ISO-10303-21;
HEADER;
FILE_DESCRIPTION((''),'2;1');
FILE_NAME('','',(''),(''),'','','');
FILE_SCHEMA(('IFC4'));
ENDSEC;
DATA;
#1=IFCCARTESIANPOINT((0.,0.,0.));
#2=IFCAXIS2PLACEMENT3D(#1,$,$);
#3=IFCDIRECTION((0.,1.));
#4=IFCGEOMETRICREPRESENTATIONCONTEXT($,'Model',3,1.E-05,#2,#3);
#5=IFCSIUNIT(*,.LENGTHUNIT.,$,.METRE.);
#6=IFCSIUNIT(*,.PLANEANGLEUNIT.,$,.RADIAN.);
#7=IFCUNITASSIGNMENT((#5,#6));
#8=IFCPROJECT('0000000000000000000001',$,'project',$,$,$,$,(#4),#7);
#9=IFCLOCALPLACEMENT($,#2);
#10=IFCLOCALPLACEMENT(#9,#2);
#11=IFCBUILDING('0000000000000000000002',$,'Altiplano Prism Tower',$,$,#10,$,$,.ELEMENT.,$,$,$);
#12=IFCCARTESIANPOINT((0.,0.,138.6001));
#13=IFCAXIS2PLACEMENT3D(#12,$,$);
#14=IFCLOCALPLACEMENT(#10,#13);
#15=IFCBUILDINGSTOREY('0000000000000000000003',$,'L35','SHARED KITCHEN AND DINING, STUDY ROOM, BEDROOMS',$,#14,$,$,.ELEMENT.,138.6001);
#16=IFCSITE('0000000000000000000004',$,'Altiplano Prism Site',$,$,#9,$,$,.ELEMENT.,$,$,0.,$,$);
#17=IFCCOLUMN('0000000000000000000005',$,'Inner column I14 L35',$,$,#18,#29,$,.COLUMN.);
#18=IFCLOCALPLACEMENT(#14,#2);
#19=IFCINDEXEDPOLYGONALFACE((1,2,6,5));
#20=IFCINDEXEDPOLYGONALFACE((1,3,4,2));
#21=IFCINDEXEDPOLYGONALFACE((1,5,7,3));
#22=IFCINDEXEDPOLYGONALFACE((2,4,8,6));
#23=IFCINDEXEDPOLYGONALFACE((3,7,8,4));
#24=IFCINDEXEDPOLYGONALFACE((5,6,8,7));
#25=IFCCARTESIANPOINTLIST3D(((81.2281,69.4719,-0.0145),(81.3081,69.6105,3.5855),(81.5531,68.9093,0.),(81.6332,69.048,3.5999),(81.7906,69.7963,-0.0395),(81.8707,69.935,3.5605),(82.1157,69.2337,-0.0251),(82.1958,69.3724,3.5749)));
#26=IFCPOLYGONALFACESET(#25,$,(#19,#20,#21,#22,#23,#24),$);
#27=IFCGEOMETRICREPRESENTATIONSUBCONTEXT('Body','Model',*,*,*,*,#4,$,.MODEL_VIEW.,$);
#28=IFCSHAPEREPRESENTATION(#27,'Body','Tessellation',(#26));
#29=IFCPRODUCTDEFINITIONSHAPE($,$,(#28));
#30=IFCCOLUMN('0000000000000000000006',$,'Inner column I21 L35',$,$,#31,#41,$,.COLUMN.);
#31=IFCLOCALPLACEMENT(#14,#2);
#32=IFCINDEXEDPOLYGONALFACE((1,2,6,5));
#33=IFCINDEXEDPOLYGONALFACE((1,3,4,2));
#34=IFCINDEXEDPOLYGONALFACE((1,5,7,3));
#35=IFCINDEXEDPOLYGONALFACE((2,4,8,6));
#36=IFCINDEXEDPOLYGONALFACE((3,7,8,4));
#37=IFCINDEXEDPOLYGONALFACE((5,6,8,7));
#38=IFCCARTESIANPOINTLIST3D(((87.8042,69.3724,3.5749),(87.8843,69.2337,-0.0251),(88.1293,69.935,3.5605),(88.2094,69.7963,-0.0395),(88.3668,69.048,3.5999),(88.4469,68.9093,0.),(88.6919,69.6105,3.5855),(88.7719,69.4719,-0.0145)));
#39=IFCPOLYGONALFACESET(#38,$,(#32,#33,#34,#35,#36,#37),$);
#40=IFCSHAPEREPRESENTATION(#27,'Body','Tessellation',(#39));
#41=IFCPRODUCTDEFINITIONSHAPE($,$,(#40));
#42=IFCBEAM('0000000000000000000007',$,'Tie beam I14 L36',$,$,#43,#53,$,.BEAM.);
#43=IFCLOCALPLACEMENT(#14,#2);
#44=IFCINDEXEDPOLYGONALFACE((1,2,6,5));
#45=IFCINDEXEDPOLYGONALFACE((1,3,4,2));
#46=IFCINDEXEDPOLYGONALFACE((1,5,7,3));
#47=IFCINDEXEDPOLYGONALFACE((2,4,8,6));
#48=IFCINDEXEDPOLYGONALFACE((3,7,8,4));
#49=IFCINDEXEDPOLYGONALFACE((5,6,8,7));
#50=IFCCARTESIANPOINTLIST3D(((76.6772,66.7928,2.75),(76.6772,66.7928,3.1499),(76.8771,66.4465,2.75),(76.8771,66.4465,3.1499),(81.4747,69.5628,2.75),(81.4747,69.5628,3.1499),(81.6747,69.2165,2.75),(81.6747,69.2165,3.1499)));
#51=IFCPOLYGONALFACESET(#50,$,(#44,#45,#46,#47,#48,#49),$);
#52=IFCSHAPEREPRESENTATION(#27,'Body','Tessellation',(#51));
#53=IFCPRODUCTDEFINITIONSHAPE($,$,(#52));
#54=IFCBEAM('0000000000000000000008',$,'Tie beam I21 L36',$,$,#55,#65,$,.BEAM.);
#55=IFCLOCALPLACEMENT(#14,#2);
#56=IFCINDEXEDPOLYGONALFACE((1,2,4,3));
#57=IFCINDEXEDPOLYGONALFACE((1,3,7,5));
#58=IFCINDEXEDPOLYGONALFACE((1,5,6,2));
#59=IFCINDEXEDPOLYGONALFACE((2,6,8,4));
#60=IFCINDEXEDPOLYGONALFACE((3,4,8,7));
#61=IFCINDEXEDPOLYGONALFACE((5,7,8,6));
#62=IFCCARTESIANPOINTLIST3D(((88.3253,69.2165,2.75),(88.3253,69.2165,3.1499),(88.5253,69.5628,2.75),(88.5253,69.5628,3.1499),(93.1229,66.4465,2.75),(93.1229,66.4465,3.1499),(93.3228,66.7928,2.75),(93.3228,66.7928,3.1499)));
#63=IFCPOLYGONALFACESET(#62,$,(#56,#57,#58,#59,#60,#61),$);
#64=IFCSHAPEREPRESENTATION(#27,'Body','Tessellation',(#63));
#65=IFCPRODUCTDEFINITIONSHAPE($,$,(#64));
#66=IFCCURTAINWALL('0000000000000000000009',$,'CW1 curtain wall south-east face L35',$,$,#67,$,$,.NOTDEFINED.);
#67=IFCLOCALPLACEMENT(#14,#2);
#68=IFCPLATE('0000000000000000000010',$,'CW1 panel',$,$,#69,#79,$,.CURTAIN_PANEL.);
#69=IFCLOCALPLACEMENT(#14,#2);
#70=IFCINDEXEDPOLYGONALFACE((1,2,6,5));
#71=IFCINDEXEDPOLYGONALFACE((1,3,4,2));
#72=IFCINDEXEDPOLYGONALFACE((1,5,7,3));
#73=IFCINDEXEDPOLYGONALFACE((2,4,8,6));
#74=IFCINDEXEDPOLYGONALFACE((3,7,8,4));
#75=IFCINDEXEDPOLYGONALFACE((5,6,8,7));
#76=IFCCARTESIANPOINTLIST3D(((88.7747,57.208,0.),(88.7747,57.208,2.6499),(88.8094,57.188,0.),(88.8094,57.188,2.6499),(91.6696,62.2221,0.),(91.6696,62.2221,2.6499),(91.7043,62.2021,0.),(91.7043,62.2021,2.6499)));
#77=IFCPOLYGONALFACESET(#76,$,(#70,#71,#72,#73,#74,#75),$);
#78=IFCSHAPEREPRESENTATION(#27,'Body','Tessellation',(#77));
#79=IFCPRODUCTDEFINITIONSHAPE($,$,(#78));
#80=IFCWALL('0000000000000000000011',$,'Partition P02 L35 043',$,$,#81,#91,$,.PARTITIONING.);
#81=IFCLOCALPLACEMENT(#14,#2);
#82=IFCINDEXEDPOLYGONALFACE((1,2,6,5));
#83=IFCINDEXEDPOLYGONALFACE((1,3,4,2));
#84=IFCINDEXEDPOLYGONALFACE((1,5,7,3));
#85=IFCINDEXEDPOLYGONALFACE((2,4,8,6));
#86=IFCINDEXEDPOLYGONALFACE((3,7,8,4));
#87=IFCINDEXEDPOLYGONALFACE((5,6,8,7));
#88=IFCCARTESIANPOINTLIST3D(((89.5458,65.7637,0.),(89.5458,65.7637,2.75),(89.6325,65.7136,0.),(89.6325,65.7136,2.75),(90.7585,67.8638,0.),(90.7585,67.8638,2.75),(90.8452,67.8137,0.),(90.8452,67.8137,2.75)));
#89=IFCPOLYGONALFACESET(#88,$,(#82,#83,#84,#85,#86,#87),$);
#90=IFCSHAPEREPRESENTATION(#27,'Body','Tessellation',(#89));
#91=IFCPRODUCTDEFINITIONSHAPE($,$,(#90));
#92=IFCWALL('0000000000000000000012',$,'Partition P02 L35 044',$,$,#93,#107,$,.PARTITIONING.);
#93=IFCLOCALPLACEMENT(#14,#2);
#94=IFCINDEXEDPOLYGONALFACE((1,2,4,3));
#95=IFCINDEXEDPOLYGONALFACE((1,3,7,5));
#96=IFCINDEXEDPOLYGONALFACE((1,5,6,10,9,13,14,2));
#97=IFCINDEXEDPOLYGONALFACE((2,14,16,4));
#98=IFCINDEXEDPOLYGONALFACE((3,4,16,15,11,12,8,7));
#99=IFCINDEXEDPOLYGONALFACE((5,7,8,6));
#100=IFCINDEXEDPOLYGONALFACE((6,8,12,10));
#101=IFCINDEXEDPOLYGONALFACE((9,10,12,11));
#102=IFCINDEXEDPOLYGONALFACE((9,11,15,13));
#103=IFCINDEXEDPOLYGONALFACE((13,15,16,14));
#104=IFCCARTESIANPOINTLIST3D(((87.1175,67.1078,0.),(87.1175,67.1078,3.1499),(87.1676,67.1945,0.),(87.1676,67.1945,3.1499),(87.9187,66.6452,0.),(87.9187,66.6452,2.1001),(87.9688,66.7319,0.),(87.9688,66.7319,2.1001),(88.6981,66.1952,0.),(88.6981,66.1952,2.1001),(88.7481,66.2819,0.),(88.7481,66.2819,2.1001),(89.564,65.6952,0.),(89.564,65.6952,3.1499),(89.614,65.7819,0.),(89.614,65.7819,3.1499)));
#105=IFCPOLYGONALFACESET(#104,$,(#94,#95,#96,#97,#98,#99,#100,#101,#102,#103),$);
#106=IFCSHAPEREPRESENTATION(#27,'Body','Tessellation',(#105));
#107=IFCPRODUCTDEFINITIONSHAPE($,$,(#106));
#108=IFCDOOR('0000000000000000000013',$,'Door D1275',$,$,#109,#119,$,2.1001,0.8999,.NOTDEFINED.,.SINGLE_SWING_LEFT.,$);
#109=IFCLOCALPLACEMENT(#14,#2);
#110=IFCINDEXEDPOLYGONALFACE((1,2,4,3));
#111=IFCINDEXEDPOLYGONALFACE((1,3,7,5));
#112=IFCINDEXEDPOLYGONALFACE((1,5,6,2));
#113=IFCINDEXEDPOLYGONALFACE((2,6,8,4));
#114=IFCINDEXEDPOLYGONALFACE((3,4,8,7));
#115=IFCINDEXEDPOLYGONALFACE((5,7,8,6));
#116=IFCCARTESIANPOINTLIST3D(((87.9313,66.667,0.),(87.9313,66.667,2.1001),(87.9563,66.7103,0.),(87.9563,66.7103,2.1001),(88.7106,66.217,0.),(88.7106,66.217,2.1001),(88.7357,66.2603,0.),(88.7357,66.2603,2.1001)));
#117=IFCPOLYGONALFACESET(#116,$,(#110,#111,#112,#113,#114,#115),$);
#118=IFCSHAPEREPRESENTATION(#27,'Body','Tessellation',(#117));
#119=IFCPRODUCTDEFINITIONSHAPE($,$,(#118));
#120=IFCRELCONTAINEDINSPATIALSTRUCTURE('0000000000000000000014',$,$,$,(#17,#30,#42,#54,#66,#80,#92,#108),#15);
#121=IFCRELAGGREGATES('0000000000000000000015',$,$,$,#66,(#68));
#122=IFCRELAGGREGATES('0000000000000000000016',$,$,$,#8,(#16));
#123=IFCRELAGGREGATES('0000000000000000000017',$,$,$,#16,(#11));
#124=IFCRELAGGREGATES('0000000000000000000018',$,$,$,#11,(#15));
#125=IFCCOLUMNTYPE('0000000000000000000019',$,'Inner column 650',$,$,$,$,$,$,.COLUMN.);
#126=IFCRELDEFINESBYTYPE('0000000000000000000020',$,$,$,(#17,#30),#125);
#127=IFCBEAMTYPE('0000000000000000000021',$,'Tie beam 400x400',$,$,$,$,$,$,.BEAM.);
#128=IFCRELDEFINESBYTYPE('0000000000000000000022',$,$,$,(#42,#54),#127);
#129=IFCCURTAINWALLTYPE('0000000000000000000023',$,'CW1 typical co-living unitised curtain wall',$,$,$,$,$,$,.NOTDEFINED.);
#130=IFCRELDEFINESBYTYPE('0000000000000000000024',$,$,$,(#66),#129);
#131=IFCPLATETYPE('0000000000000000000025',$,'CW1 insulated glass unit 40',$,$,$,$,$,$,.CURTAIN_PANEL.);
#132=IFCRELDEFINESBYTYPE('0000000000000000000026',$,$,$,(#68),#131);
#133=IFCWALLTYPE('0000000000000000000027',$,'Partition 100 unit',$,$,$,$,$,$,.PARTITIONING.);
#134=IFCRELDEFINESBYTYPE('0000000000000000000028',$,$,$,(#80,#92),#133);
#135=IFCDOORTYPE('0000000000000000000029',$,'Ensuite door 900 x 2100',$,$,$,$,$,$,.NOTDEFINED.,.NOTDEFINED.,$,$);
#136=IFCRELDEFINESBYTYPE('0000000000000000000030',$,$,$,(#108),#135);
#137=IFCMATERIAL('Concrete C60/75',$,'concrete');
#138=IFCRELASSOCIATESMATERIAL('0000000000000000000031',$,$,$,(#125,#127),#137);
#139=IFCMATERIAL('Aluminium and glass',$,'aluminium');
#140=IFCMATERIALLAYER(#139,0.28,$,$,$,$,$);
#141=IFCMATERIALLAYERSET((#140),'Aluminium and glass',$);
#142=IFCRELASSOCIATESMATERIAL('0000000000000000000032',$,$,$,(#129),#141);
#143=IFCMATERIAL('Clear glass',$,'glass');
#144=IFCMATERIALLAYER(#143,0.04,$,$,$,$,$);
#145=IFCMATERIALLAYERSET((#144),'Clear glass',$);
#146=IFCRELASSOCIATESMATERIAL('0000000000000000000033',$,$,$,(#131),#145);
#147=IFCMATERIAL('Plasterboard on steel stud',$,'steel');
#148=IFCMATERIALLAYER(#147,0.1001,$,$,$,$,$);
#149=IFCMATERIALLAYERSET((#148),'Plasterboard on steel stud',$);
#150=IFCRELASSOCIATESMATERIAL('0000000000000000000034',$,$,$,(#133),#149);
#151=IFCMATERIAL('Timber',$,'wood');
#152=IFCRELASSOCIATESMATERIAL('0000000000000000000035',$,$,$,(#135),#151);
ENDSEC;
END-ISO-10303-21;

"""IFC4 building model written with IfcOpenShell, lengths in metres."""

from ifc_helpers import new_model, si_unit, direction, frame, frame_2d, origin, origin_2d, place, context, subcontext, project, spatial, rectangle, extrude, material, layer, layer_set, material_profile, profile_set, type_object, element, fill, aggregate, save


model = new_model("IFC4")

# Units and contexts
model_context = context("Model", 3, precision=1e-05, world=origin(), true_north=direction((0.0, 1.0)))
body_context = subcontext(model_context, "Body", "Model", "MODEL_VIEW")
ifc_project = project(units=[si_unit("LENGTHUNIT", "METRE"), si_unit("PLANEANGLEUNIT", "RADIAN")], contexts=[model_context])

# Site, building, storey
site_placement = place(None, origin())
site = spatial("IfcSite", under=ifc_project, at=site_placement, Name="Altiplano Prism Site", CompositionType="ELEMENT", RefElevation=0.0)
building_placement = place(site_placement, origin())
building = spatial("IfcBuilding", under=site, at=building_placement, Name="Altiplano Prism Tower", CompositionType="ELEMENT")
storey_placement = place(building_placement, frame((0.0, 0.0, 138.6001)))
storey = spatial("IfcBuildingStorey", under=building, at=storey_placement, Name="L35", Description="SHARED KITCHEN AND DINING, STUDY ROOM, BEDROOMS", CompositionType="ELEMENT", Elevation=138.6001)

# Columns
ifc_material_1 = material(Name="Concrete C60/75", Category="concrete")
ifc_material_profile_1 = material_profile(ifc_material_1, rectangle(XDim=0.6499, YDim=0.6499, at=origin_2d()), Name="Inner column 650")
ifc_profile_set_1 = profile_set([ifc_material_profile_1], Name="Concrete C60/75")
column_type = type_object("IfcColumnType", Name="Inner column 650", PredefinedType="COLUMN", material=ifc_profile_set_1)
for number, where, z_axis, x_axis, name in (
    (1, (81.6719, 69.3528, -0.0198), (0.022223, 0.038483, 0.999012), (-0.865641, -0.499184, 0.038485), "Inner column I14 L35"),
    (2, (88.3281, 69.3528, -0.0198), (-0.022223, 0.038483, 0.999012), (-0.500172, -0.865641, 0.02222), "Inner column I21 L35"),
):
    element("IfcColumn", number, at=place(storey_placement, frame(where, z_axis=z_axis, x_axis=x_axis)), inside=storey, type_object=column_type, Name=name, PredefinedType="COLUMN", context=body_context, shape_type="SweptSolid", body=[
        extrude(rectangle(XDim=0.6499, YDim=0.6499, at=origin_2d()), origin(), (0.0, 0.0, 1.0), 3.6035),
    ])

# Beams
ifc_material_profile_2 = material_profile(ifc_material_1, rectangle(XDim=0.3999, YDim=0.3999, at=origin_2d()), Name="Tie beam 400x400")
ifc_profile_set_2 = profile_set([ifc_material_profile_2], Name="Concrete C60/75")
beam_type = type_object("IfcBeamType", Name="Tie beam 400x400", PredefinedType="BEAM", material=ifc_profile_set_2)
for number, where, z_axis, x_axis, name in (
    (3, (81.5747, 69.3896, 2.95), (-0.866016, -0.500016, 0.0), (0.500016, -0.866016, 0.0), "Tie beam I14 L36"),
    (4, (88.4253, 69.3896, 2.95), (0.866016, -0.500016, 0.0), (0.500016, 0.866016, 0.0), "Tie beam I21 L36"),
):
    element("IfcBeam", number, at=place(storey_placement, frame(where, z_axis=z_axis, x_axis=x_axis)), inside=storey, type_object=beam_type, Name=name, PredefinedType="BEAM", context=body_context, shape_type="SweptSolid", body=[
        extrude(rectangle(XDim=0.3999, YDim=0.3999, at=origin_2d()), origin(), (0.0, 0.0, 1.0), 5.5398),
    ])

# Curtain wall, plate
ifc_material_2 = material(Name="Aluminium and glass", Category="aluminium")
ifc_layer_1 = layer(ifc_material_2, 0.28)
ifc_layer_set_1 = layer_set([ifc_layer_1], Name="Aluminium and glass")
curtain_wall_type = type_object("IfcCurtainWallType", Name="CW1 typical co-living unitised curtain wall", PredefinedType="NOTDEFINED", material=ifc_layer_set_1)
curtain_wall_placement = place(storey_placement, origin())
curtain_wall = element("IfcCurtainWall", 5, at=curtain_wall_placement, inside=storey, type_object=curtain_wall_type, Name="CW1 curtain wall south-east face L35", PredefinedType="NOTDEFINED")
ifc_material_3 = material(Name="Clear glass", Category="glass")
ifc_layer_2 = layer(ifc_material_3, 0.04)
ifc_layer_set_2 = layer_set([ifc_layer_2], Name="Clear glass")
plate_type = type_object("IfcPlateType", Name="CW1 insulated glass unit 40", PredefinedType="CURTAIN_PANEL", material=ifc_layer_set_2)
plate_placement = place(storey_placement, frame((90.2395, 59.7051, 0.0), z_axis=(0.0, 0.0, 1.0), x_axis=(0.5, 0.866025, 0.0)))
plate = element("IfcPlate", 6, at=plate_placement, type_object=plate_type, Name="CW1 panel", PredefinedType="CURTAIN_PANEL", context=body_context, shape_type="SweptSolid", body=[
    extrude(rectangle(XDim=5.7898, YDim=0.04, at=origin_2d()), origin(), (0.0, 0.0, 1.0), 2.6499),
])
aggregate(curtain_wall, [plate])

# Wall
ifc_material_4 = material(Name="Plasterboard on steel stud", Category="steel")
ifc_layer_3 = layer(ifc_material_4, 0.1001)
ifc_layer_set_3 = layer_set([ifc_layer_3], Name="Plasterboard on steel stud")
wall_type_1 = type_object("IfcWallType", Name="Partition 100 unit", PredefinedType="PARTITIONING", material=ifc_layer_set_3)
wall_1_placement = place(storey_placement, frame((90.8018, 67.8386, 0.0), z_axis=(0.0, 0.0, 1.0), x_axis=(-0.500048, -0.865998, 0.0)))
element("IfcWall", 7, at=wall_1_placement, inside=storey, type_object=wall_type_1, Name="Partition P02 L35 043", PredefinedType="PARTITIONING", context=body_context, shape_type="SweptSolid", body=[
    extrude(rectangle(XDim=2.425, YDim=0.1001, at=frame_2d((1.2124, 0.0))), origin(), (0.0, 0.0, 1.0), 2.75),
])

# Wall, opening, door
wall_2_placement = place(storey_placement, frame((89.5891, 65.7385, 0.0), z_axis=(0.0, 0.0, 1.0), x_axis=(-0.866011, 0.500024, 0.0)))
wall_2 = element("IfcWall", 8, at=wall_2_placement, inside=storey, type_object=wall_type_1, Name="Partition P02 L35 044", PredefinedType="PARTITIONING", context=body_context, shape_type="SweptSolid", body=[
    extrude(rectangle(XDim=2.825, YDim=0.1001, at=frame_2d((1.4126, 0.0))), origin(), (0.0, 0.0, 1.0), 3.1499),
])
opening_1_placement = place(wall_2_placement, frame((1.0, 0.0, 0.0)))
opening_1 = element("IfcOpeningElement", 9, at=opening_1_placement, cuts=wall_2, PredefinedType="OPENING", context=body_context, shape_type="SweptSolid", body=[
    extrude(rectangle(XDim=0.8999, YDim=2.1001, at=frame_2d((0.45, 1.05))), frame((0.0, 0.0605, 0.0), z_axis=(0.0, -1.0, 0.0), x_axis=(1.0, 0.0, 0.0)), (0.0, 0.0, 1.0), 0.1211),
])
ifc_material_5 = material(Name="Timber", Category="wood")
door_type_1 = type_object("IfcDoorType", Name="Ensuite door 900 x 2100", OperationType="NOTDEFINED", PredefinedType="NOTDEFINED", material=ifc_material_5)
door_1_placement = place(opening_1_placement, origin())
door_1 = element("IfcDoor", 10, at=door_1_placement, inside=storey, type_object=door_type_1, Name="Door D1275", OperationType="SINGLE_SWING_LEFT", OverallHeight=2.1001, OverallWidth=0.8999, PredefinedType="NOTDEFINED", context=body_context, shape_type="SweptSolid", body=[
    extrude(rectangle(XDim=0.8999, YDim=2.1001, at=frame_2d((0.45, 1.05))), frame((0.0, 0.0249, 0.0), z_axis=(0.0, -1.0, 0.0), x_axis=(1.0, 0.0, 0.0)), (0.0, 0.0, 1.0), 0.05),
])
fill(opening_1, door_1)

save(model, "model.ifc")
